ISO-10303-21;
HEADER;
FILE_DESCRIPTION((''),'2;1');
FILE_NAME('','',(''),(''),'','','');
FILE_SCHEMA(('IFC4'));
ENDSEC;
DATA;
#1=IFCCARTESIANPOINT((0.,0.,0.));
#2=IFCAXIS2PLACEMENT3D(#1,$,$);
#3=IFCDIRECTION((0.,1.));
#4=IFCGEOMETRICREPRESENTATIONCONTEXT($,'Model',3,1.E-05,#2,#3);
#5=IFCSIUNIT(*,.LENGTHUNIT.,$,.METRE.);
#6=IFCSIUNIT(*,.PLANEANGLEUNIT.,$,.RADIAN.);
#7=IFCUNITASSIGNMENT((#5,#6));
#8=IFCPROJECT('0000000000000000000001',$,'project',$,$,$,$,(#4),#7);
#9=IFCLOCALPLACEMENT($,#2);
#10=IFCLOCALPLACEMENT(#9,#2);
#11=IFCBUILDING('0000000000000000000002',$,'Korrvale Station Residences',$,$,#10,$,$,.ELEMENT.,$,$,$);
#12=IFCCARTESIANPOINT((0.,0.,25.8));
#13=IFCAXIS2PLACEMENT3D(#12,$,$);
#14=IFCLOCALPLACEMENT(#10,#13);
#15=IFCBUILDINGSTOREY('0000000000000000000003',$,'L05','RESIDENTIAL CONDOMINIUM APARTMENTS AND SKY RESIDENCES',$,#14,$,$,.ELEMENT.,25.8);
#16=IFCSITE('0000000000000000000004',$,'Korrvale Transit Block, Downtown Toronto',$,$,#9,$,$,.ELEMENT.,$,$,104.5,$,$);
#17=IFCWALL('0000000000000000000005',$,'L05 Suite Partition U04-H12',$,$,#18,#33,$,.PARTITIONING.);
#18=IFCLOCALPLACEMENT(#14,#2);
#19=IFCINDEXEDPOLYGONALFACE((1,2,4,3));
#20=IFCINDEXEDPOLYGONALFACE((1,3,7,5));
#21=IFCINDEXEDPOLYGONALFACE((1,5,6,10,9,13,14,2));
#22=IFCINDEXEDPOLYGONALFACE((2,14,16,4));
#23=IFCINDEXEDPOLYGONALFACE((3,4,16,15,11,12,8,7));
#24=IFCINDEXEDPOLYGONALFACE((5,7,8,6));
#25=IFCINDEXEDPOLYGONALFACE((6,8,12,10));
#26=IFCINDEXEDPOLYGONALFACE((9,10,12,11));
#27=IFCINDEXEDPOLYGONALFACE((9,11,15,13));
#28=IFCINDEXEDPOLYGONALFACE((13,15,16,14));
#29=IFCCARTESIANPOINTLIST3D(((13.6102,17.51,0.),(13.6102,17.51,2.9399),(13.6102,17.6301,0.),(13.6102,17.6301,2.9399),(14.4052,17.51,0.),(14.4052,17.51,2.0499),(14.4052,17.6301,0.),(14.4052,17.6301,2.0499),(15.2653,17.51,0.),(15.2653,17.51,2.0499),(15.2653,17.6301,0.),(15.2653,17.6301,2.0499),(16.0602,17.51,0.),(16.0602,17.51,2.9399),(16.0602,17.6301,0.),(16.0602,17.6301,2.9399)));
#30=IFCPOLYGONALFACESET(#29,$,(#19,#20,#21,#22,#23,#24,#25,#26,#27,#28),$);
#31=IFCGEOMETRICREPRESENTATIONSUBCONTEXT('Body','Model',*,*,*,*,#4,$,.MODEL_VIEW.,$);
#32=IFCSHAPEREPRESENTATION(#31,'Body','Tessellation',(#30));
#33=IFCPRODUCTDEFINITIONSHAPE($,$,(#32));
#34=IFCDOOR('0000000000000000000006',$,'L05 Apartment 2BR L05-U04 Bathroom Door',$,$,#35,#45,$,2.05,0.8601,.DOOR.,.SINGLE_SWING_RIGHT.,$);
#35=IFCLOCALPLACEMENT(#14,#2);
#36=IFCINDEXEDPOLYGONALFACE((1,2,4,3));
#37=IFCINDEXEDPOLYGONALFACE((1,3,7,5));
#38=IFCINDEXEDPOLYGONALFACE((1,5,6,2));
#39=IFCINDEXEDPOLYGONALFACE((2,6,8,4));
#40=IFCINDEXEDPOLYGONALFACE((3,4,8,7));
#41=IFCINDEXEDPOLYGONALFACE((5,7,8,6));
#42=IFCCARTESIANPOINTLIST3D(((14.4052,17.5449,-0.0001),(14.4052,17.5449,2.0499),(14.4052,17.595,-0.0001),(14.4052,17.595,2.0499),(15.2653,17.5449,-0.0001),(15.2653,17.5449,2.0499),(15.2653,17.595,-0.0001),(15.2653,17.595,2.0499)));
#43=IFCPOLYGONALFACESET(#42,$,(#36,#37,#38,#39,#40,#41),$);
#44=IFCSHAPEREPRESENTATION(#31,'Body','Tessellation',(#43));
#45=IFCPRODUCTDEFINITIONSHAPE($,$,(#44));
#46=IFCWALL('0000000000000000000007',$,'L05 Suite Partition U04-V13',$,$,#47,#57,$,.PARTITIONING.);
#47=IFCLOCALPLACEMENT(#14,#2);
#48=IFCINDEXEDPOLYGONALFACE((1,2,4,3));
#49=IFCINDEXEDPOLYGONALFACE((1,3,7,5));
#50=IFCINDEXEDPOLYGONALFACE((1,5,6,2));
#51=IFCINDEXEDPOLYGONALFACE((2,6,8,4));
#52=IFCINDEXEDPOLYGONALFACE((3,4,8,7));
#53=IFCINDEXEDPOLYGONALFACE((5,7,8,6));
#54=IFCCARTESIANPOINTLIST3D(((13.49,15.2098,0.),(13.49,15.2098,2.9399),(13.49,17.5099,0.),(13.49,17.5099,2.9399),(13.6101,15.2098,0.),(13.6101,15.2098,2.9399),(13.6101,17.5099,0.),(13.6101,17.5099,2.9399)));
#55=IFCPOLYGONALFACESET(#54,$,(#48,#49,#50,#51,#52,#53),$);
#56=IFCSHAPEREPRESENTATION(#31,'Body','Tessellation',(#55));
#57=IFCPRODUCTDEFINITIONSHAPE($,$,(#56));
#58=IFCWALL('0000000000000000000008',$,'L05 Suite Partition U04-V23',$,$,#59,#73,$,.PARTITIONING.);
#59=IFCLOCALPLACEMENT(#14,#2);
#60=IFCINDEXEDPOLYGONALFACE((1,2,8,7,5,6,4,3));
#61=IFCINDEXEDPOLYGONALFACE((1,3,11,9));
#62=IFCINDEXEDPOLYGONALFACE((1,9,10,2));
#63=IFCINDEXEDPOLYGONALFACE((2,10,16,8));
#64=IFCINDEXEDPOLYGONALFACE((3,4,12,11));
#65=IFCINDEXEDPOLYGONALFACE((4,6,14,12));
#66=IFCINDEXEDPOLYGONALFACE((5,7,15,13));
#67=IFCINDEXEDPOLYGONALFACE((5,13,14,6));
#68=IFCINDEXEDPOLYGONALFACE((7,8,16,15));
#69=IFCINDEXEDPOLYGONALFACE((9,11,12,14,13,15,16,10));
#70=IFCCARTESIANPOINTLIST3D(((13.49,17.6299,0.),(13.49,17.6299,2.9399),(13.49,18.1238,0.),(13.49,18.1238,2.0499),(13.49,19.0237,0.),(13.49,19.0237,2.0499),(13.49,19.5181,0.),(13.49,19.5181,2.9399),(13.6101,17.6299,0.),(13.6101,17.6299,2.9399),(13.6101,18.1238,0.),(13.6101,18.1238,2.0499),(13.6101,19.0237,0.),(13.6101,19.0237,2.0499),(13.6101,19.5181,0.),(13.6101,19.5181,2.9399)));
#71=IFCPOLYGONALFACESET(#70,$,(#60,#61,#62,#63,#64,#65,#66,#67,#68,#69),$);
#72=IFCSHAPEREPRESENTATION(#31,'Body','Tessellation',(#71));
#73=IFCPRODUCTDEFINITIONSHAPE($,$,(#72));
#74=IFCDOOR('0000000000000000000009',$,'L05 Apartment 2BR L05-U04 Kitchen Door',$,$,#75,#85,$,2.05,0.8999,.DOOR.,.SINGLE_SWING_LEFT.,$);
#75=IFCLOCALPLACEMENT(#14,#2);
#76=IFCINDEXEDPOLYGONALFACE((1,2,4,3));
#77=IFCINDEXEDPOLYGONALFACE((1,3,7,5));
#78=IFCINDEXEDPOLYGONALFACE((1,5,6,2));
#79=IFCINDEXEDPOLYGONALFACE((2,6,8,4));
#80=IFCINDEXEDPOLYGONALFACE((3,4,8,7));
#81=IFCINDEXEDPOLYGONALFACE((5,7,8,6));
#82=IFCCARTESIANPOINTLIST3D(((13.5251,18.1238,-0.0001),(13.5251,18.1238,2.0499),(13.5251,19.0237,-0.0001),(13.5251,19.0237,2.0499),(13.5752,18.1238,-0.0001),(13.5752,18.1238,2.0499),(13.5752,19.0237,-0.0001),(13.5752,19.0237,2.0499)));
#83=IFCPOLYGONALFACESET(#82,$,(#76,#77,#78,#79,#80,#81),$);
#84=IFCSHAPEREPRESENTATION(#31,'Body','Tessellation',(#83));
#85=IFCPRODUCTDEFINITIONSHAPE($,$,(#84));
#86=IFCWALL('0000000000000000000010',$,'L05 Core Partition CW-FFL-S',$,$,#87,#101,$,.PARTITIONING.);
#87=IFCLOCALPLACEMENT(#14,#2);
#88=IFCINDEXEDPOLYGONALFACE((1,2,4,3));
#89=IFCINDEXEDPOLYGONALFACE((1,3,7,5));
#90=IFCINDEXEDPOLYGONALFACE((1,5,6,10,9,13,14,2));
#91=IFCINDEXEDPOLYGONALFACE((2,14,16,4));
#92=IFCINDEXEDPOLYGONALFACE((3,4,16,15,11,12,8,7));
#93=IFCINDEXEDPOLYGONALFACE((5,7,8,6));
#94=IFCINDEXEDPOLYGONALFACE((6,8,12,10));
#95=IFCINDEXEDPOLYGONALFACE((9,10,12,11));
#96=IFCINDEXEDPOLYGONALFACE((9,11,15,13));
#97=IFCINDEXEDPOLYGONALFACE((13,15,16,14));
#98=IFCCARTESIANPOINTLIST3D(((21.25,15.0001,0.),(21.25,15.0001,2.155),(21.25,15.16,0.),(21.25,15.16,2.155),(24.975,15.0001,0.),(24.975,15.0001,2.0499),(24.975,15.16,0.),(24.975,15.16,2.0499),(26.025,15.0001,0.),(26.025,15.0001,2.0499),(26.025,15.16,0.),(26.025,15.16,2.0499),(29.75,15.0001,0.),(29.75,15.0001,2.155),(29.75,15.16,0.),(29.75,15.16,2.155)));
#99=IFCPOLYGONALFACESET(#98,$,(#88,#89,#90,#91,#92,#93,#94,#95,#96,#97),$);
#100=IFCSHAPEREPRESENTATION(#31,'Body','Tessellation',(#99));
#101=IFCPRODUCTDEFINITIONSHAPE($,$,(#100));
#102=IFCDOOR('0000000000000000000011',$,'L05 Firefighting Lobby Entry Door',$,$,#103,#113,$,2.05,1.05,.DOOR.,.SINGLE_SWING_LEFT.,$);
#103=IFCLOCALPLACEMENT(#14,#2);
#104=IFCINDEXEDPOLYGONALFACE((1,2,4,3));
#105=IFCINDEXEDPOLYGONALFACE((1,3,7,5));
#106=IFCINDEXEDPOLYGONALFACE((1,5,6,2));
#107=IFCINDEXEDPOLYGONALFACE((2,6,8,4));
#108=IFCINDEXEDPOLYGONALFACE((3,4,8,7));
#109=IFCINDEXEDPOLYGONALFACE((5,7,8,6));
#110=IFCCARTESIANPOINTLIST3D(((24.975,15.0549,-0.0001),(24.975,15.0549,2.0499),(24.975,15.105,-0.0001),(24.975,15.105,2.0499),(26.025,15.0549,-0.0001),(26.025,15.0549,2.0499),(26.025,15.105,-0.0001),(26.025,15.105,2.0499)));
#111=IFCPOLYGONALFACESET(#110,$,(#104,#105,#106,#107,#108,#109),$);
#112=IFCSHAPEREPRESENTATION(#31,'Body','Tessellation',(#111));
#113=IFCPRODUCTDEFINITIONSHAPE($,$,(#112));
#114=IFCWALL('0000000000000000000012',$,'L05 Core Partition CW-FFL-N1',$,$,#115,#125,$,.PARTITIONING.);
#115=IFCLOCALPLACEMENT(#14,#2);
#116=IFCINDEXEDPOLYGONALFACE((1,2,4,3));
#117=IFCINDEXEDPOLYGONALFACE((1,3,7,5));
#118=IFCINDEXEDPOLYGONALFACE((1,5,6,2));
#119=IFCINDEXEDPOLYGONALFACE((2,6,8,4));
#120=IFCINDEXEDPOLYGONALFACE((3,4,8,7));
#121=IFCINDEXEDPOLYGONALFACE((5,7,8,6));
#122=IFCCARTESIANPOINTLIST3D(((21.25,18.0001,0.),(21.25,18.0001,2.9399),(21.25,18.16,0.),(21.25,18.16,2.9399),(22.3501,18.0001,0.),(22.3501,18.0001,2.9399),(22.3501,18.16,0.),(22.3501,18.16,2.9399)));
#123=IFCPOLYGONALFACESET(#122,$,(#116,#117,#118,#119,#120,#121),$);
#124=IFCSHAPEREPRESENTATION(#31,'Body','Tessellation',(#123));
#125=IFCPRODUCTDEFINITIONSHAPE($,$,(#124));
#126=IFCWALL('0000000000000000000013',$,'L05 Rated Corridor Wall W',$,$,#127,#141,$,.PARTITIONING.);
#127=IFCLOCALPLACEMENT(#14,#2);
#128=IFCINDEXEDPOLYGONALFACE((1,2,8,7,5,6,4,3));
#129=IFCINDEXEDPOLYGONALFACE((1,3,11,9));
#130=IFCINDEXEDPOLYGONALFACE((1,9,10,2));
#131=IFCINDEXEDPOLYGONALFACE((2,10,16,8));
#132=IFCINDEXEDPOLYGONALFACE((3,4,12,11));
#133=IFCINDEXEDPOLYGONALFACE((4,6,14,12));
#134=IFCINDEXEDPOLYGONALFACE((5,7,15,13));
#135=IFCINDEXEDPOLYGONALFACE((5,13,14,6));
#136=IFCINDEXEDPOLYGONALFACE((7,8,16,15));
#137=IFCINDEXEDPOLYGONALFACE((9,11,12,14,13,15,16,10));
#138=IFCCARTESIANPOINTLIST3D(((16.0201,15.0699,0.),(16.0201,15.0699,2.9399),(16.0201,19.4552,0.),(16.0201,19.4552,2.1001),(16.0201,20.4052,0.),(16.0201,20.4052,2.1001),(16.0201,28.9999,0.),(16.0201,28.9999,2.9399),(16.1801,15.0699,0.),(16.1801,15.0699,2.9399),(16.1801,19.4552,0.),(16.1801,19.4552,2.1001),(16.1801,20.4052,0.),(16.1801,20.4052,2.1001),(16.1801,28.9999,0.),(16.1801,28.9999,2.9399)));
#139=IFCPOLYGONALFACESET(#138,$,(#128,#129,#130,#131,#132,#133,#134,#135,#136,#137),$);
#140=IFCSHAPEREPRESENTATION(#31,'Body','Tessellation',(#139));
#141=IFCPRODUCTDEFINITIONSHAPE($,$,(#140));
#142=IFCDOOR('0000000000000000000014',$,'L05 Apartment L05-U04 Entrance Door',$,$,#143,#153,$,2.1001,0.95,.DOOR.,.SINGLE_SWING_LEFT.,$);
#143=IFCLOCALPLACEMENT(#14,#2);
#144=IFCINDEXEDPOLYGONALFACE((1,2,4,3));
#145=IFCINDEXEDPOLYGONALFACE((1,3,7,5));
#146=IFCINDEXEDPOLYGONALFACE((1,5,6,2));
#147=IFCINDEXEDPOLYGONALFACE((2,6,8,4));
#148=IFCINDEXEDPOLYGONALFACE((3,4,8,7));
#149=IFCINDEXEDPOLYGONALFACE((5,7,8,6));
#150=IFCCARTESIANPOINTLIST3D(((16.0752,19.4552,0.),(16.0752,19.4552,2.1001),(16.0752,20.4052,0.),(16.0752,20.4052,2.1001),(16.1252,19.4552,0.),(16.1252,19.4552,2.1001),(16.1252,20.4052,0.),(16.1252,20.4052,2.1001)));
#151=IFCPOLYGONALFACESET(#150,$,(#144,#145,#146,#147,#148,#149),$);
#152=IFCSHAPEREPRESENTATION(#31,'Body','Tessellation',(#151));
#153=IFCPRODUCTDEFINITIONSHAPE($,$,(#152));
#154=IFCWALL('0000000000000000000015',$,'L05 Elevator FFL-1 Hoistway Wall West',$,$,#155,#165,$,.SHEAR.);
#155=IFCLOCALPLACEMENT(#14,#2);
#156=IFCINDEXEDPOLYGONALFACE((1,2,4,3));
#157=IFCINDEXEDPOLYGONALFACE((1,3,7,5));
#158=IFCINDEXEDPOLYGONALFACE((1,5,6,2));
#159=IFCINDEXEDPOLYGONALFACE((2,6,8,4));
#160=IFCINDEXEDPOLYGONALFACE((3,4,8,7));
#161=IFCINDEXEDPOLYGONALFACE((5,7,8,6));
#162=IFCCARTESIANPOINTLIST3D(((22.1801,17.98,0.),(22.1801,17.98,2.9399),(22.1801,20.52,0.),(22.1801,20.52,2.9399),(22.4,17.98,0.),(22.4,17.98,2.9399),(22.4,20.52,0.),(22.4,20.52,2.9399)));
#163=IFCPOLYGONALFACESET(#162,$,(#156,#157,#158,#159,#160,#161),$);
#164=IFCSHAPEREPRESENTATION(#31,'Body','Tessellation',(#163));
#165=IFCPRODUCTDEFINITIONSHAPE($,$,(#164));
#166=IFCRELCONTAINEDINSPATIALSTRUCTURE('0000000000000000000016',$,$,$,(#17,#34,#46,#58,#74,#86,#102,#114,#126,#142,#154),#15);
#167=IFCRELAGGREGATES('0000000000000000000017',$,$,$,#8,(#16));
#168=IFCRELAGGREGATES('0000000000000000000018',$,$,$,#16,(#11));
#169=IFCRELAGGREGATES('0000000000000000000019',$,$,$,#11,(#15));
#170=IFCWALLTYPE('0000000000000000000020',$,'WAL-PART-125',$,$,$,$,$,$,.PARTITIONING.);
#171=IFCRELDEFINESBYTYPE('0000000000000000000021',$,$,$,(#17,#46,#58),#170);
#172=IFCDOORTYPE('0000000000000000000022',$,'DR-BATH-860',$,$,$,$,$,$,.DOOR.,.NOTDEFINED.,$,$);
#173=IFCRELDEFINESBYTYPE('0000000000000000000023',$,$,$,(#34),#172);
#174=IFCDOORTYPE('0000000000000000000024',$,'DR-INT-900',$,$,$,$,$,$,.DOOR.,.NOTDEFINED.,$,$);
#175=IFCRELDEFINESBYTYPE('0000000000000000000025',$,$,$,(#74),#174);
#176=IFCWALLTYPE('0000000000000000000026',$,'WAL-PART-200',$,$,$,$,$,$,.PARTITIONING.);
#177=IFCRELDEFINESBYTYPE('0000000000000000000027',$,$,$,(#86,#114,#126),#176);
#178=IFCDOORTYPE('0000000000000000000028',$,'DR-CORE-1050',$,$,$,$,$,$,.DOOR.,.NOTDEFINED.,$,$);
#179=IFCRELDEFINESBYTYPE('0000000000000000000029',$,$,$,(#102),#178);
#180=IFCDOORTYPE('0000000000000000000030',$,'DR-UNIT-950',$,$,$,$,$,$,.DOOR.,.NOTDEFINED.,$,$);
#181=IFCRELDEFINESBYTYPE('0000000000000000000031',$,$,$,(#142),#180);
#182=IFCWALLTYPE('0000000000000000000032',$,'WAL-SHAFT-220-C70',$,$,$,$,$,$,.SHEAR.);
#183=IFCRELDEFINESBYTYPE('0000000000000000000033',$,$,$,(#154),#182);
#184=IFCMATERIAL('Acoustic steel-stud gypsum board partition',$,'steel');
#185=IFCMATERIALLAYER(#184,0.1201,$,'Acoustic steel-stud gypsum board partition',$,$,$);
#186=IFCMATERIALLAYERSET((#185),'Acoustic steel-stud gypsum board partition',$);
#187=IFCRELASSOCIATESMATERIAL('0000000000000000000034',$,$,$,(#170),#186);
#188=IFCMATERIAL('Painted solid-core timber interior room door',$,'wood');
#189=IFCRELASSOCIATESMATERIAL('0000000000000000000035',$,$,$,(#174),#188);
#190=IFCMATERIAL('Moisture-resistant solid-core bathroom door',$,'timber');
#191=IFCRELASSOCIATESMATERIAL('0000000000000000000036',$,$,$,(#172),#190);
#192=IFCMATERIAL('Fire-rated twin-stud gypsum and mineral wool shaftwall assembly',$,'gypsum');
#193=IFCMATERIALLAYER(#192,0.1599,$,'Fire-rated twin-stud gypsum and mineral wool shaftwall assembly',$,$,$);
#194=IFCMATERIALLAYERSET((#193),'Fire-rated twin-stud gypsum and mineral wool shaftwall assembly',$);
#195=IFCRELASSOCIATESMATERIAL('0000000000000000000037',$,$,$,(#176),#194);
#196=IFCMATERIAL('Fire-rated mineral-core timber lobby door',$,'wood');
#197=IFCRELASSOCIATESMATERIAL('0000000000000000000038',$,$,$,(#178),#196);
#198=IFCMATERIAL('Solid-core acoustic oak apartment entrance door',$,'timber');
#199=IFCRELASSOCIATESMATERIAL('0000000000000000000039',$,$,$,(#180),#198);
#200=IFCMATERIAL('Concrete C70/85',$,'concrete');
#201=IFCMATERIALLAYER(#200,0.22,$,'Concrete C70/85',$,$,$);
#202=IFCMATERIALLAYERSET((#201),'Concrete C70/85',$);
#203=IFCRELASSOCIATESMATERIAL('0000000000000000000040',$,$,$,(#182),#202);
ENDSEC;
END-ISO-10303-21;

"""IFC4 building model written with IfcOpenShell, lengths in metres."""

from ifc_helpers import new_model, si_unit, direction, frame, frame_2d, origin, place, context, subcontext, project, spatial, rectangle, extrude, material, layer, layer_set, type_object, element, fill, save


model = new_model("IFC4")

# Units and contexts
model_context = context("Model", 3, precision=1e-05, world=origin(), true_north=direction((0.0, 1.0)))
body_context = subcontext(model_context, "Body", "Model", "MODEL_VIEW")
ifc_project = project(units=[si_unit("LENGTHUNIT", "METRE"), si_unit("PLANEANGLEUNIT", "RADIAN")], contexts=[model_context])

# Site, building, storey
site_placement = place(None, origin())
site = spatial("IfcSite", under=ifc_project, at=site_placement, Name="Korrvale Transit Block, Downtown Toronto", CompositionType="ELEMENT", RefElevation=104.5)
building_placement = place(site_placement, origin())
building = spatial("IfcBuilding", under=site, at=building_placement, Name="Korrvale Station Residences", CompositionType="ELEMENT")
storey_placement = place(building_placement, frame((0.0, 0.0, 25.8)))
storey = spatial("IfcBuildingStorey", under=building, at=storey_placement, Name="L05", Description="RESIDENTIAL CONDOMINIUM APARTMENTS AND SKY RESIDENCES", CompositionType="ELEMENT", Elevation=25.8)

# Shared definitions
ifc_material_1 = material(Name="Concrete C70/85", Category="concrete")

# Shared definitions
ifc_material_2 = material(Name="Acoustic steel-stud gypsum board partition", Category="steel")
ifc_layer_1 = layer(ifc_material_2, 0.1201, Name="Acoustic steel-stud gypsum board partition")
ifc_layer_set_1 = layer_set([ifc_layer_1], Name="Acoustic steel-stud gypsum board partition")
wall_type_1 = type_object("IfcWallType", Name="WAL-PART-125", PredefinedType="PARTITIONING", material=ifc_layer_set_1)

# Wall, opening, door
ifc_material_3 = material(Name="Painted solid-core timber interior room door", Category="wood")
door_type_1 = type_object("IfcDoorType", Name="DR-INT-900", OperationType="NOTDEFINED", PredefinedType="DOOR", material=ifc_material_3)
wall_1_placement = place(storey_placement, frame((13.6101, 17.5701, 0.0), z_axis=(0.0, 0.0, 1.0), x_axis=(1.0, 0.0, 0.0)))
wall_1 = element("IfcWall", 1, at=wall_1_placement, inside=storey, type_object=wall_type_1, Name="L05 Suite Partition U04-H12", PredefinedType="PARTITIONING", context=body_context, shape_type="SweptSolid", body=[
    extrude(rectangle(XDim=2.45, YDim=0.1201, at=frame_2d((1.2251, 0.0))), origin(), (0.0, 0.0, 1.0), 2.9399),
])
opening_1_placement = place(wall_1_placement, frame((0.7949, 0.0, 0.0)))
opening_1 = element("IfcOpeningElement", 2, at=opening_1_placement, cuts=wall_1, PredefinedType="OPENING", context=body_context, shape_type="SweptSolid", body=[
    extrude(rectangle(XDim=0.8601, YDim=2.05, at=frame_2d((0.4302, 1.0249))), frame((0.0, 0.0701, 0.0), z_axis=(0.0, -1.0, 0.0), x_axis=(1.0, 0.0, 0.0)), (0.0, 0.0, 1.0), 0.1401),
])
ifc_material_4 = material(Name="Moisture-resistant solid-core bathroom door", Category="timber")
door_type_2 = type_object("IfcDoorType", Name="DR-BATH-860", OperationType="NOTDEFINED", PredefinedType="DOOR", material=ifc_material_4)
door_1_placement = place(opening_1_placement, origin())
door_1 = element("IfcDoor", 3, at=door_1_placement, inside=storey, type_object=door_type_2, Name="L05 Apartment 2BR L05-U04 Bathroom Door", OperationType="SINGLE_SWING_RIGHT", OverallHeight=2.05, OverallWidth=0.8601, PredefinedType="DOOR", context=body_context, shape_type="SweptSolid", body=[
    extrude(rectangle(XDim=0.8601, YDim=2.05, at=frame_2d((0.4302, 1.0249))), frame((0.0, 0.0249, 0.0), z_axis=(0.0, -1.0, 0.0), x_axis=(1.0, 0.0, 0.0)), (0.0, 0.0, 1.0), 0.05),
])
fill(opening_1, door_1)

# Wall
wall_2_placement = place(storey_placement, frame((13.55, 15.21, 0.0), z_axis=(0.0, 0.0, 1.0), x_axis=(0.0, 1.0, 0.0)))
element("IfcWall", 4, at=wall_2_placement, inside=storey, type_object=wall_type_1, Name="L05 Suite Partition U04-V13", PredefinedType="PARTITIONING", context=body_context, shape_type="SweptSolid", body=[
    extrude(rectangle(XDim=2.3, YDim=0.1201, at=frame_2d((1.1499, 0.0))), origin(), (0.0, 0.0, 1.0), 2.9399),
])

# Walls, openings, doors
wall_3_placement = place(storey_placement, frame((13.55, 17.6299, 0.0), z_axis=(0.0, 0.0, 1.0), x_axis=(0.0, 1.0, 0.0)))
wall_3 = element("IfcWall", 5, at=wall_3_placement, inside=storey, type_object=wall_type_1, Name="L05 Suite Partition U04-V23", PredefinedType="PARTITIONING", context=body_context, shape_type="SweptSolid", body=[
    extrude(rectangle(XDim=1.8882, YDim=0.1201, at=frame_2d((0.9441, 0.0))), origin(), (0.0, 0.0, 1.0), 2.9399),
])
opening_2_placement = place(wall_3_placement, frame((0.4939, 0.0, 0.0)))
opening_2 = element("IfcOpeningElement", 6, at=opening_2_placement, cuts=wall_3, PredefinedType="OPENING", context=body_context, shape_type="SweptSolid", body=[
    extrude(rectangle(XDim=0.8999, YDim=2.05, at=frame_2d((0.45, 1.0249))), frame((0.0, 0.0701, 0.0), z_axis=(0.0, -1.0, 0.0), x_axis=(1.0, 0.0, 0.0)), (0.0, 0.0, 1.0), 0.1401),
])
door_2_placement = place(opening_2_placement, origin())
door_2 = element("IfcDoor", 7, at=door_2_placement, inside=storey, type_object=door_type_1, Name="L05 Apartment 2BR L05-U04 Kitchen Door", OperationType="SINGLE_SWING_LEFT", OverallHeight=2.05, OverallWidth=0.8999, PredefinedType="DOOR", context=body_context, shape_type="SweptSolid", body=[
    extrude(rectangle(XDim=0.8999, YDim=2.05, at=frame_2d((0.45, 1.0249))), frame((0.0, 0.0249, 0.0), z_axis=(0.0, -1.0, 0.0), x_axis=(1.0, 0.0, 0.0)), (0.0, 0.0, 1.0), 0.05),
])
fill(opening_2, door_2)
ifc_material_5 = material(Name="Fire-rated twin-stud gypsum and mineral wool shaftwall assembly", Category="gypsum")
ifc_layer_2 = layer(ifc_material_5, 0.1599, Name="Fire-rated twin-stud gypsum and mineral wool shaftwall assembly")
ifc_layer_set_2 = layer_set([ifc_layer_2], Name="Fire-rated twin-stud gypsum and mineral wool shaftwall assembly")
wall_type_2 = type_object("IfcWallType", Name="WAL-PART-200", PredefinedType="PARTITIONING", material=ifc_layer_set_2)
wall_4_placement = place(storey_placement, frame((21.25, 15.0801, 0.0), z_axis=(0.0, 0.0, 1.0), x_axis=(1.0, 0.0, 0.0)))
wall_4 = element("IfcWall", 8, at=wall_4_placement, inside=storey, type_object=wall_type_2, Name="L05 Core Partition CW-FFL-S", PredefinedType="PARTITIONING", context=body_context, shape_type="SweptSolid", body=[
    extrude(rectangle(XDim=8.5, YDim=0.1599, at=frame_2d((4.25, 0.0))), origin(), (0.0, 0.0, 1.0), 2.155),
])
opening_3_placement = place(wall_4_placement, frame((3.7251, 0.0, 0.0)))
opening_3 = element("IfcOpeningElement", 9, at=opening_3_placement, cuts=wall_4, PredefinedType="OPENING", context=body_context, shape_type="SweptSolid", body=[
    extrude(rectangle(XDim=1.05, YDim=2.05, at=frame_2d((0.5249, 1.0249))), frame((0.0, 0.0898, 0.0), z_axis=(0.0, -1.0, 0.0), x_axis=(1.0, 0.0, 0.0)), (0.0, 0.0, 1.0), 0.1799),
])
ifc_material_6 = material(Name="Fire-rated mineral-core timber lobby door", Category="wood")
door_type_3 = type_object("IfcDoorType", Name="DR-CORE-1050", OperationType="NOTDEFINED", PredefinedType="DOOR", material=ifc_material_6)
door_3_placement = place(opening_3_placement, origin())
door_3 = element("IfcDoor", 10, at=door_3_placement, inside=storey, type_object=door_type_3, Name="L05 Firefighting Lobby Entry Door", OperationType="SINGLE_SWING_LEFT", OverallHeight=2.05, OverallWidth=1.05, PredefinedType="DOOR", context=body_context, shape_type="SweptSolid", body=[
    extrude(rectangle(XDim=1.05, YDim=2.05, at=frame_2d((0.5249, 1.0249))), frame((0.0, 0.0249, 0.0), z_axis=(0.0, -1.0, 0.0), x_axis=(1.0, 0.0, 0.0)), (0.0, 0.0, 1.0), 0.05),
])
fill(opening_3, door_3)

# Wall
wall_5_placement = place(storey_placement, frame((21.25, 18.0801, 0.0), z_axis=(0.0, 0.0, 1.0), x_axis=(1.0, 0.0, 0.0)))
element("IfcWall", 11, at=wall_5_placement, inside=storey, type_object=wall_type_2, Name="L05 Core Partition CW-FFL-N1", PredefinedType="PARTITIONING", context=body_context, shape_type="SweptSolid", body=[
    extrude(rectangle(XDim=1.1001, YDim=0.1599, at=frame_2d((0.55, 0.0))), origin(), (0.0, 0.0, 1.0), 2.9399),
])

# Wall, opening, door
wall_6_placement = place(storey_placement, frame((16.1001, 15.0701, 0.0), z_axis=(0.0, 0.0, 1.0), x_axis=(0.0, 1.0, 0.0)))
wall_6 = element("IfcWall", 12, at=wall_6_placement, inside=storey, type_object=wall_type_2, Name="L05 Rated Corridor Wall W", PredefinedType="PARTITIONING", context=body_context, shape_type="SweptSolid", body=[
    extrude(rectangle(XDim=13.9299, YDim=0.1599, at=frame_2d((6.9648, 0.0))), origin(), (0.0, 0.0, 1.0), 2.9399),
])
opening_4_placement = place(wall_6_placement, frame((4.385, 0.0, 0.0)))
opening_4 = element("IfcOpeningElement", 13, at=opening_4_placement, cuts=wall_6, PredefinedType="OPENING", context=body_context, shape_type="SweptSolid", body=[
    extrude(rectangle(XDim=0.95, YDim=2.1001, at=frame_2d((0.4751, 1.05))), frame((0.0, 0.0898, 0.0), z_axis=(0.0, -1.0, 0.0), x_axis=(1.0, 0.0, 0.0)), (0.0, 0.0, 1.0), 0.1799),
])
ifc_material_7 = material(Name="Solid-core acoustic oak apartment entrance door", Category="timber")
door_type_4 = type_object("IfcDoorType", Name="DR-UNIT-950", OperationType="NOTDEFINED", PredefinedType="DOOR", material=ifc_material_7)
door_4_placement = place(opening_4_placement, origin())
door_4 = element("IfcDoor", 14, at=door_4_placement, inside=storey, type_object=door_type_4, Name="L05 Apartment L05-U04 Entrance Door", OperationType="SINGLE_SWING_LEFT", OverallHeight=2.1001, OverallWidth=0.95, PredefinedType="DOOR", context=body_context, shape_type="SweptSolid", body=[
    extrude(rectangle(XDim=0.95, YDim=2.1001, at=frame_2d((0.4751, 1.05))), frame((0.0, 0.0249, 0.0), z_axis=(0.0, -1.0, 0.0), x_axis=(1.0, 0.0, 0.0)), (0.0, 0.0, 1.0), 0.05),
])
fill(opening_4, door_4)
ifc_layer_3 = layer(ifc_material_1, 0.22, Name="Concrete C70/85")
ifc_layer_set_3 = layer_set([ifc_layer_3], Name="Concrete C70/85")
wall_type_3 = type_object("IfcWallType", Name="WAL-SHAFT-220-C70", PredefinedType="SHEAR", material=ifc_layer_set_3)

# Wall
wall_7_placement = place(storey_placement, frame((22.29, 17.98, 0.0), z_axis=(0.0, 0.0, 1.0), x_axis=(0.0, 1.0, 0.0)))
element("IfcWall", 15, at=wall_7_placement, inside=storey, type_object=wall_type_3, Name="L05 Elevator FFL-1 Hoistway Wall West", PredefinedType="SHEAR", context=body_context, shape_type="SweptSolid", body=[
    extrude(rectangle(XDim=2.54, YDim=0.22, at=frame_2d((1.27, 0.0))), origin(), (0.0, 0.0, 1.0), 2.9399),
])

save(model, "model.ifc")
